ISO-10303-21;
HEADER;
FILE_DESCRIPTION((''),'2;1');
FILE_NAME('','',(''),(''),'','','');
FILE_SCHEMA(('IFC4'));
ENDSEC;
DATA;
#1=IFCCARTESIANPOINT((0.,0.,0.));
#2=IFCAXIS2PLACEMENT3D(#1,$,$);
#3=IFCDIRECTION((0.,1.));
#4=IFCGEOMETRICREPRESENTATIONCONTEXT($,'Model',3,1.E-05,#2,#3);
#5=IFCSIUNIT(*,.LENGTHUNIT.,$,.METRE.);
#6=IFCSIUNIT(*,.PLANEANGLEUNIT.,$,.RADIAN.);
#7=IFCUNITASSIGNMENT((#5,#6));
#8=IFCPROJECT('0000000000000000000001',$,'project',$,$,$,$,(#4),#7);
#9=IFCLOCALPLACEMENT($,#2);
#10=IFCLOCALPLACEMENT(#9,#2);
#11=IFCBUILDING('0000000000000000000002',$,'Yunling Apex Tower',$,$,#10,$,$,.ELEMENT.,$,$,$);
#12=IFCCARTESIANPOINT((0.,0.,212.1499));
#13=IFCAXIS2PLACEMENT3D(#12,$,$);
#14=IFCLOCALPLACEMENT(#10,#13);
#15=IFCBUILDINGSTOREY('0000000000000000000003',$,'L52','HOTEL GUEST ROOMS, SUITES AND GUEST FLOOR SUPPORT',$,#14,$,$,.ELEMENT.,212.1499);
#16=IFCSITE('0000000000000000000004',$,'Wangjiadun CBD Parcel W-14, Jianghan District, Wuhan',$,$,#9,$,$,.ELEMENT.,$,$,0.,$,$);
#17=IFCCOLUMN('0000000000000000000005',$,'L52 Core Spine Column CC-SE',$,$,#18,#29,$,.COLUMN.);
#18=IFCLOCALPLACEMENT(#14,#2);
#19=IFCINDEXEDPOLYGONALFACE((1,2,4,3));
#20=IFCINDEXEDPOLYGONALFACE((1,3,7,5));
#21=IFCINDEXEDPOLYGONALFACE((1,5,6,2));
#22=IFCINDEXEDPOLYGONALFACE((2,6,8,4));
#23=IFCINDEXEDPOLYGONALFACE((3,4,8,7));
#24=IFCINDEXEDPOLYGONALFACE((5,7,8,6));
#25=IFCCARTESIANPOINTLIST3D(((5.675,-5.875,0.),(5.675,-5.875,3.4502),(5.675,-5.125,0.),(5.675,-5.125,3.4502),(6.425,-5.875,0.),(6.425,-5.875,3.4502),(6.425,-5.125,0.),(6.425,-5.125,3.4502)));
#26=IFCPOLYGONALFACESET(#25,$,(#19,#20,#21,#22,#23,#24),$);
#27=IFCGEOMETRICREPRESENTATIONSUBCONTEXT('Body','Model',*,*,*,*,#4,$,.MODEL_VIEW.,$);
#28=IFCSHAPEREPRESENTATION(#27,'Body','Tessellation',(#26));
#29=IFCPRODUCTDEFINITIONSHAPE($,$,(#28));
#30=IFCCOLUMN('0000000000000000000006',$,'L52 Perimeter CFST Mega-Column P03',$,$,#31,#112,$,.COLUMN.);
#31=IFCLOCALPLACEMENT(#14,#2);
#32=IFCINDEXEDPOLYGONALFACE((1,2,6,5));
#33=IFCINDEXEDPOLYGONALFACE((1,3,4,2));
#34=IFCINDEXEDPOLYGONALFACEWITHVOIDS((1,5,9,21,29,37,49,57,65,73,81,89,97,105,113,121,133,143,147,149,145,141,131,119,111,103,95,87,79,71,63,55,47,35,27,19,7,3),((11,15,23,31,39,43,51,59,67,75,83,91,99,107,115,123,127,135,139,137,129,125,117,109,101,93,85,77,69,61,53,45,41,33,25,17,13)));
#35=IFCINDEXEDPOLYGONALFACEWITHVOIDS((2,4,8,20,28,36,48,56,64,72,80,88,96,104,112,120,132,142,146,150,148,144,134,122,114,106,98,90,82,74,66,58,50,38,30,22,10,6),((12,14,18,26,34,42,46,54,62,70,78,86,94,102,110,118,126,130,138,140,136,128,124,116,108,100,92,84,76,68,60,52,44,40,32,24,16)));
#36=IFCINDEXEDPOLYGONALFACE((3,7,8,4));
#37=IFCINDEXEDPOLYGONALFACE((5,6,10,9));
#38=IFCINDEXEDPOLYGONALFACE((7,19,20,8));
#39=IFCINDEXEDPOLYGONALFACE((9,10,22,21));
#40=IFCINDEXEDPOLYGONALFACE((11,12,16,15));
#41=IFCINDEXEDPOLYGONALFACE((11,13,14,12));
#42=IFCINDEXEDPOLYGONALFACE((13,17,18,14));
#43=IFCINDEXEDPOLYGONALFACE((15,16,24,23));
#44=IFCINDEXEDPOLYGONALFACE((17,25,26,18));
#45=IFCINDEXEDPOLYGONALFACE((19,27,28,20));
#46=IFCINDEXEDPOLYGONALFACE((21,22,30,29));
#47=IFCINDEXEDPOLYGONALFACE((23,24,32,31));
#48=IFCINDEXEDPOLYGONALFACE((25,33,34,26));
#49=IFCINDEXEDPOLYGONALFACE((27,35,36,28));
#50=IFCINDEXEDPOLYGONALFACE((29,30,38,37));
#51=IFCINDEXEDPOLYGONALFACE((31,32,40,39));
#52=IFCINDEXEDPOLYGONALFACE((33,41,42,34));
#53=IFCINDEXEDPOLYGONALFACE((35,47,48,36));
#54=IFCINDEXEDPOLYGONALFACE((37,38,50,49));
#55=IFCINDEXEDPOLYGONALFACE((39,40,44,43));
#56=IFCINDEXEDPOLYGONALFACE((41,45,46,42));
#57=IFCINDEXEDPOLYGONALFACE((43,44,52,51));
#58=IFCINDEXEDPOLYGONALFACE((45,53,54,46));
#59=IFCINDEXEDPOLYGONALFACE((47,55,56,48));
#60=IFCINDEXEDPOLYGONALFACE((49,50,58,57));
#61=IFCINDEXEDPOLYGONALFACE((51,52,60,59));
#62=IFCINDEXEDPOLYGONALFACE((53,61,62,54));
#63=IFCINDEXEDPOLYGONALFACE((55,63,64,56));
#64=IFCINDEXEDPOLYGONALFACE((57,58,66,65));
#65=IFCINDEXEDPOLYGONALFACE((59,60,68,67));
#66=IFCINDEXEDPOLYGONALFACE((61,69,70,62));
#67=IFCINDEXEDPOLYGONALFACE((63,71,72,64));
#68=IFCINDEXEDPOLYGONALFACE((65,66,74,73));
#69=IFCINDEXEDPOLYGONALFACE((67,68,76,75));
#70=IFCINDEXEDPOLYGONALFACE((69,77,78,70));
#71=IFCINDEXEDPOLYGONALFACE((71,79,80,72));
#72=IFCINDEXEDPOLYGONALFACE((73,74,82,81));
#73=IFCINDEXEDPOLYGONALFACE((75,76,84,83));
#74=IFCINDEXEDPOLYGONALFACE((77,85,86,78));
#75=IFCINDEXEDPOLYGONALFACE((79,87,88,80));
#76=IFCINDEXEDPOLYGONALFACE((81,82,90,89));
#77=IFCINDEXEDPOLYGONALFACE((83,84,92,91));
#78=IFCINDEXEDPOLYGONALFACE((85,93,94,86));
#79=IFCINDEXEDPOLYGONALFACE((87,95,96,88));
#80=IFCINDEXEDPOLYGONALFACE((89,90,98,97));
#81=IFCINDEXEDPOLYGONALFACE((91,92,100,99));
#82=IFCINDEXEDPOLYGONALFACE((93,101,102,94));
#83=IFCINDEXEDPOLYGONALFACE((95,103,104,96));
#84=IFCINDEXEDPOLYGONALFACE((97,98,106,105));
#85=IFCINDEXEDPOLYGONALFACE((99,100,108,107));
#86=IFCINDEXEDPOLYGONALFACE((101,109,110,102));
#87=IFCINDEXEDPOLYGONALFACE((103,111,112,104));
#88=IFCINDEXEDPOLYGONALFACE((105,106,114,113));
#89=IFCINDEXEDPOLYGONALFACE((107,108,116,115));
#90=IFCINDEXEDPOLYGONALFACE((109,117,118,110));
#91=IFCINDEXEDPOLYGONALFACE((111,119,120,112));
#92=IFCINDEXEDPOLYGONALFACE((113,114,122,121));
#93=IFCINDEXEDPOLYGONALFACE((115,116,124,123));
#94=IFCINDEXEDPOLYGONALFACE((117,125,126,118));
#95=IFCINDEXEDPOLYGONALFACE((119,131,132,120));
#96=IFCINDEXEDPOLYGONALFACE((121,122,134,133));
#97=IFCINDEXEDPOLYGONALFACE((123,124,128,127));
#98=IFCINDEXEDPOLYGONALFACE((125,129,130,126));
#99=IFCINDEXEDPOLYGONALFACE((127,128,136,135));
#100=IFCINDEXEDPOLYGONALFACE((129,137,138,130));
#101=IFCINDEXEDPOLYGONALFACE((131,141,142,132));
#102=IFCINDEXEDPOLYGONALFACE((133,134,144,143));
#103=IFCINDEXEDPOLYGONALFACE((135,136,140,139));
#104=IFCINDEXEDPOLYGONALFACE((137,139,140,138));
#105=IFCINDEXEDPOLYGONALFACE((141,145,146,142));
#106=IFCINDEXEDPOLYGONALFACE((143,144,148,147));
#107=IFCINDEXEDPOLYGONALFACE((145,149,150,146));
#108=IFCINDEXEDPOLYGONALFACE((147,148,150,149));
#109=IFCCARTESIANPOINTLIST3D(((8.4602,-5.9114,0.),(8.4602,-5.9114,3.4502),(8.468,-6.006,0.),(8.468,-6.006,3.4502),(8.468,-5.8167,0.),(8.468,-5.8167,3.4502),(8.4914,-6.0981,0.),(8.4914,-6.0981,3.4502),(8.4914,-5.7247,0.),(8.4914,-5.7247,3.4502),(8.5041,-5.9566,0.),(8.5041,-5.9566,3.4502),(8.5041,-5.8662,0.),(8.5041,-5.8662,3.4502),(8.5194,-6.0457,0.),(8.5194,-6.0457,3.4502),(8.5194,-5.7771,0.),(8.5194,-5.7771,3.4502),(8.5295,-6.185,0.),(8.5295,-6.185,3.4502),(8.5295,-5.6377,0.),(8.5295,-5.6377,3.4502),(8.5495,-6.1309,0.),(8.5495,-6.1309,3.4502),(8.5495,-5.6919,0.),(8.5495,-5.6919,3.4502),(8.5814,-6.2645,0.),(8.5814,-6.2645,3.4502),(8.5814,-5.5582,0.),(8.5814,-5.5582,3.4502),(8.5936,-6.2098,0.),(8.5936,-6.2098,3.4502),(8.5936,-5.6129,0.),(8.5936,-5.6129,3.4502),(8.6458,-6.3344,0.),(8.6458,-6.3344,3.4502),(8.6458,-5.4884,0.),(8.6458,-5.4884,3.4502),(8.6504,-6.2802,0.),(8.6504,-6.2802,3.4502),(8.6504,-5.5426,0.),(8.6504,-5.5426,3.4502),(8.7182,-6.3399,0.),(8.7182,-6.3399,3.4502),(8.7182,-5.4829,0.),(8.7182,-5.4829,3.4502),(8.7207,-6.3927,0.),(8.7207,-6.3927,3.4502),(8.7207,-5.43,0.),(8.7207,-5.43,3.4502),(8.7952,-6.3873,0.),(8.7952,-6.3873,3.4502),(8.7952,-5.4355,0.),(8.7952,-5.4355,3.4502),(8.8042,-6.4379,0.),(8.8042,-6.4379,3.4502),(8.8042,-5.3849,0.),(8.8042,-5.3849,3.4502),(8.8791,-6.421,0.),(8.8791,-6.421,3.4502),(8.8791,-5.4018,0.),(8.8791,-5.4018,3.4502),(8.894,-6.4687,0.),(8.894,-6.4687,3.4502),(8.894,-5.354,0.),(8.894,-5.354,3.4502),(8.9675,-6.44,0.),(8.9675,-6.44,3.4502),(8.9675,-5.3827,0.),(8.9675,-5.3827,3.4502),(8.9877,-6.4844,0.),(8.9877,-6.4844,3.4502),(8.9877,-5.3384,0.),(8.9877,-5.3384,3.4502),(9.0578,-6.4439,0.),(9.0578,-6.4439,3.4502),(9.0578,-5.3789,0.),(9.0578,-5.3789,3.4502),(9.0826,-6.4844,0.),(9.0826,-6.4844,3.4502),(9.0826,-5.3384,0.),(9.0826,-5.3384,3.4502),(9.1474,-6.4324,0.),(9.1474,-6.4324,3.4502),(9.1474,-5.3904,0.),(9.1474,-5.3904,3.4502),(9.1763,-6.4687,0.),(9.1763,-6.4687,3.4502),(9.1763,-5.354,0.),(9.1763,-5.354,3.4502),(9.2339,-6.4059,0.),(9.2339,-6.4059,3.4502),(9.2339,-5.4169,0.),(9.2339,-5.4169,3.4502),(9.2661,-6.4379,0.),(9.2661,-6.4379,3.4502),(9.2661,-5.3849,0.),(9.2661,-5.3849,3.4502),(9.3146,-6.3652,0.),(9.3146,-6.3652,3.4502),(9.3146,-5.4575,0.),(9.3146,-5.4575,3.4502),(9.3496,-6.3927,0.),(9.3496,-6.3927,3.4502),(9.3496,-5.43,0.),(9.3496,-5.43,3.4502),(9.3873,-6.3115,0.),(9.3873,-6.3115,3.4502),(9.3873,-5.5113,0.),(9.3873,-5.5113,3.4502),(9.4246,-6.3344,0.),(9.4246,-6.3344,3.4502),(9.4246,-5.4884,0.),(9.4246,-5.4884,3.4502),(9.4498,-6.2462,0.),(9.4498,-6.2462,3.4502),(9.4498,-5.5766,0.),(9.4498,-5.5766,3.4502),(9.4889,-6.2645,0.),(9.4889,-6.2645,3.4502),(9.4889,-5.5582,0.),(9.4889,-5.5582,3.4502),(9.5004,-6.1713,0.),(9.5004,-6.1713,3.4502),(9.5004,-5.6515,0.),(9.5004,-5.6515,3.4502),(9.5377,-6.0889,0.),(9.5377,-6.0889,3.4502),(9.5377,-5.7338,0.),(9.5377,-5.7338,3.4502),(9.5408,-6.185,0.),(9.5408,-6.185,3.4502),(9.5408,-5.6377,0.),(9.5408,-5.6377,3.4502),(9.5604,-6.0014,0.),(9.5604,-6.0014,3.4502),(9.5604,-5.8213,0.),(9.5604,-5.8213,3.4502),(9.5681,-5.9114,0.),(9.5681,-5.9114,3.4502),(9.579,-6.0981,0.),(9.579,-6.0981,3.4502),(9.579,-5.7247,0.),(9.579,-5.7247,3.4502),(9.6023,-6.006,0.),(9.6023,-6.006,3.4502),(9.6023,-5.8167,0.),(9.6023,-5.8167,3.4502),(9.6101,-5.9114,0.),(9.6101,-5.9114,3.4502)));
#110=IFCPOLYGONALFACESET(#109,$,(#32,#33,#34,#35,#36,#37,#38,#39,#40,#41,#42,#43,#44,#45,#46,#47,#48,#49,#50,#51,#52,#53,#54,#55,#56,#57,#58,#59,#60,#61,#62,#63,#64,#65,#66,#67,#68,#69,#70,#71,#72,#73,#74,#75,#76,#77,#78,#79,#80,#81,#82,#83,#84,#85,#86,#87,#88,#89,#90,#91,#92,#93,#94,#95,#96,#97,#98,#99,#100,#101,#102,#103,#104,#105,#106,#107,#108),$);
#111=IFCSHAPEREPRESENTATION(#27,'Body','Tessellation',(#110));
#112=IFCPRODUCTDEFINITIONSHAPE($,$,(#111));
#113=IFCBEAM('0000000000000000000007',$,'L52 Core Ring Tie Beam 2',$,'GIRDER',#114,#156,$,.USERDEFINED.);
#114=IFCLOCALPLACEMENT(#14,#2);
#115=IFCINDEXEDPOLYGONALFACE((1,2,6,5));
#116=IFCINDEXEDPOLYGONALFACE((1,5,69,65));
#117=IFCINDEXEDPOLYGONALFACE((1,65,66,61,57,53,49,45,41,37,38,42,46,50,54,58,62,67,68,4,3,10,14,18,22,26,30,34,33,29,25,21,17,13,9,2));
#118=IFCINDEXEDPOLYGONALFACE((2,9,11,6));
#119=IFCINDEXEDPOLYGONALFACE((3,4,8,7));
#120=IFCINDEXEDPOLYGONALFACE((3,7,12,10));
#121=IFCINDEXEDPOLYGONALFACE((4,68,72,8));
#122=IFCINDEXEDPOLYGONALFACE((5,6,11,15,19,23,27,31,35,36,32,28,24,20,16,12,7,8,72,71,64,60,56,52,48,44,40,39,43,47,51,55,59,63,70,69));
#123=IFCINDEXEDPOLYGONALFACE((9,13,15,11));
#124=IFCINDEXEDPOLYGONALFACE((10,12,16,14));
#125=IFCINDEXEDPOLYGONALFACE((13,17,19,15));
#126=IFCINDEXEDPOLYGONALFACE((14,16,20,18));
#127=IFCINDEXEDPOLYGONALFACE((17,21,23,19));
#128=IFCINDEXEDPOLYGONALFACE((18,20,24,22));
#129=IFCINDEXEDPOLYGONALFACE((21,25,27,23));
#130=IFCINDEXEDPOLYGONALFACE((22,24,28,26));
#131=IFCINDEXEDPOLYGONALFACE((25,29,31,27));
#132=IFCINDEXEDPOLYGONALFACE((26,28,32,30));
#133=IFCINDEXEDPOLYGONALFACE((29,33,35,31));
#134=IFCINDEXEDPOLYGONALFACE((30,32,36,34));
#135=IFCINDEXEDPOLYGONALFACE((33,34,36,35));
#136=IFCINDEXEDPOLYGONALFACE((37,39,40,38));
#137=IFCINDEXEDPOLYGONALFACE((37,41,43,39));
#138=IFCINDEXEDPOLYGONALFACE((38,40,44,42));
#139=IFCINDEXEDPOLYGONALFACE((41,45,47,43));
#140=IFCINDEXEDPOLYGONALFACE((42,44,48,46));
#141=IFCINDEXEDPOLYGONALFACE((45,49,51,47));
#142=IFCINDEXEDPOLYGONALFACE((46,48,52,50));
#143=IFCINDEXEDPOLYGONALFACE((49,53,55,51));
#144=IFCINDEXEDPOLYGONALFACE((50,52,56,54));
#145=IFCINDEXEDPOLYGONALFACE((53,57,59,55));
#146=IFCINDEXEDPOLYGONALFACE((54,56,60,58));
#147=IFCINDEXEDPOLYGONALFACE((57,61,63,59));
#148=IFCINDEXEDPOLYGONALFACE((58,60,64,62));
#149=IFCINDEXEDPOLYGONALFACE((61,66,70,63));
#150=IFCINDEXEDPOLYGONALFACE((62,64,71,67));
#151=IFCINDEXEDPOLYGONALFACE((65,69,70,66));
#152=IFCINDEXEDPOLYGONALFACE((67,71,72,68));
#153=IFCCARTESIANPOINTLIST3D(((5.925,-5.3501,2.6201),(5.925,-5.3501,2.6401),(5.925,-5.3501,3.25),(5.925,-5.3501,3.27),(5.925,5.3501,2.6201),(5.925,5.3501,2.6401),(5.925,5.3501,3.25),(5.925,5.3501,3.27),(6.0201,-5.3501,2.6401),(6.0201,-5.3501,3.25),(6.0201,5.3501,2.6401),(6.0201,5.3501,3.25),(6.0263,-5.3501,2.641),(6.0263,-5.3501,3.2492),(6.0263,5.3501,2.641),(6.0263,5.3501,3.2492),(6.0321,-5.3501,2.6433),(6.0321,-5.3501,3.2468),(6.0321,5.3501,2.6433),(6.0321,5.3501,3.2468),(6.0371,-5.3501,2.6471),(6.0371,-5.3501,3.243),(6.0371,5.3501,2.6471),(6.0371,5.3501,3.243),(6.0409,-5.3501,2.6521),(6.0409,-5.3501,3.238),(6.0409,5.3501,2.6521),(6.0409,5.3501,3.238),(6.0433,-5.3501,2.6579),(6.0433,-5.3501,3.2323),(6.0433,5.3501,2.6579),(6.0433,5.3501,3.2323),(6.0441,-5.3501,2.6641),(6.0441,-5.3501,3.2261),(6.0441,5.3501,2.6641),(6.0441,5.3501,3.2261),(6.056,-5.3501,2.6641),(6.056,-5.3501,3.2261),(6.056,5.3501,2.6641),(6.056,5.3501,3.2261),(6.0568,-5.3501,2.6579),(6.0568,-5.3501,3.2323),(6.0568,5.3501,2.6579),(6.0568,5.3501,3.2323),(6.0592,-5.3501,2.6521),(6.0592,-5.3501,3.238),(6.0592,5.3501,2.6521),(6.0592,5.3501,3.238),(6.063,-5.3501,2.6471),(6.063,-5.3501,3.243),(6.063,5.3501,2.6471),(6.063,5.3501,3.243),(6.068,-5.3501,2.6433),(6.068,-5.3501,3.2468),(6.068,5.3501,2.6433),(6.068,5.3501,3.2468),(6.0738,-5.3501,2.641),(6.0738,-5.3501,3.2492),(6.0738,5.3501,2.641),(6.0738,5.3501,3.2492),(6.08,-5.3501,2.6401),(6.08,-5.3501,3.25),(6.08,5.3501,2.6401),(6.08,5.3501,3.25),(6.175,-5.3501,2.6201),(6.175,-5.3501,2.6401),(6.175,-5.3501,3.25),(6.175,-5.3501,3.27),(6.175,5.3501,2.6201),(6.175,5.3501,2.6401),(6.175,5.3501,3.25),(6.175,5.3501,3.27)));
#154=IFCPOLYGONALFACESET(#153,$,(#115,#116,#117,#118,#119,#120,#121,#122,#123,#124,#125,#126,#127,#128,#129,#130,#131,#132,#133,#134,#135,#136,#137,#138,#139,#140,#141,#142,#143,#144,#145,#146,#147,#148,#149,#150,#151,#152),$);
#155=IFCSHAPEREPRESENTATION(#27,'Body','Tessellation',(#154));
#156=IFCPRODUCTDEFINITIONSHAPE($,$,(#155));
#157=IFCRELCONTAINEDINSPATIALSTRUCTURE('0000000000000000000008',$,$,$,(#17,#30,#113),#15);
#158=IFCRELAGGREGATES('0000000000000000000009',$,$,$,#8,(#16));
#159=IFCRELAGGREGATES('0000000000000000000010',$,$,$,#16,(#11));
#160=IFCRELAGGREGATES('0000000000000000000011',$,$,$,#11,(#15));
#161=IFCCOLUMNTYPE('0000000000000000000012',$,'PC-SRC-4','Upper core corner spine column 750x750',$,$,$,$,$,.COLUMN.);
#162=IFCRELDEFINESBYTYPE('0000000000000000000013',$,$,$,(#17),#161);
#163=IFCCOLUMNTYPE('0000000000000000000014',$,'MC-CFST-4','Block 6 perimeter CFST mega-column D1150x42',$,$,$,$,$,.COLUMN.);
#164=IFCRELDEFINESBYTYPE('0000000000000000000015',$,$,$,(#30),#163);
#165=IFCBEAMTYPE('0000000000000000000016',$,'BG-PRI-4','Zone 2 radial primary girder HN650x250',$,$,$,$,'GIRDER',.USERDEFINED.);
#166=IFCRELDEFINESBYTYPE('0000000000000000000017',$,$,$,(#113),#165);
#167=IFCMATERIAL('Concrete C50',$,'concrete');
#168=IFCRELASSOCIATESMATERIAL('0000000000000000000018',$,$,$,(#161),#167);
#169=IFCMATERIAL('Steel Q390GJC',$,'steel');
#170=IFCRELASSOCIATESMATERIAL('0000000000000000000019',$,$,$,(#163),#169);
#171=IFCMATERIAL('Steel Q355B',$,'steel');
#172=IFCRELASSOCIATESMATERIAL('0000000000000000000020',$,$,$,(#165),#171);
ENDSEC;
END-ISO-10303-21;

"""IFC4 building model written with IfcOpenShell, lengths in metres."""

from ifc_helpers import new_model, si_unit, direction, frame, origin, origin_2d, place, context, subcontext, project, spatial, rectangle, hollow_circle, i_section, extrude, source, transform, mapped, material, material_profile, profile_set, type_object, element, save


model = new_model("IFC4")

# Units and contexts
model_context = context("Model", 3, precision=1e-05, world=origin(), true_north=direction((0.0, 1.0)))
body_context = subcontext(model_context, "Body", "Model", "MODEL_VIEW")
ifc_project = project(units=[si_unit("LENGTHUNIT", "METRE"), si_unit("PLANEANGLEUNIT", "RADIAN")], contexts=[model_context])

# Site, building, storey
site_placement = place(None, origin())
site = spatial("IfcSite", under=ifc_project, at=site_placement, Name="Wangjiadun CBD Parcel W-14, Jianghan District, Wuhan", CompositionType="ELEMENT", RefElevation=0.0)
building_placement = place(site_placement, origin())
building = spatial("IfcBuilding", under=site, at=building_placement, Name="Yunling Apex Tower", CompositionType="ELEMENT")
storey_placement = place(building_placement, frame((0.0, 0.0, 212.1499)))
storey = spatial("IfcBuildingStorey", under=building, at=storey_placement, Name="L52", Description="HOTEL GUEST ROOMS, SUITES AND GUEST FLOOR SUPPORT", CompositionType="ELEMENT", Elevation=212.1499)

# Columns
ifc_material_1 = material(Name="Concrete C50", Category="concrete")
ifc_material_profile_1 = material_profile(ifc_material_1, rectangle(XDim=0.75, YDim=0.75, at=origin_2d()))
ifc_profile_set_1 = profile_set([ifc_material_profile_1], Name="Concrete C50")
column_type_1 = type_object("IfcColumnType", Name="PC-SRC-4", Description="Upper core corner spine column 750x750", PredefinedType="COLUMN", material=ifc_profile_set_1)
shared_shape_1 = source(origin(), body_context, "Body", "SweptSolid", [
    extrude(rectangle(XDim=0.75, YDim=0.75, at=origin_2d()), origin(), (0.0, 0.0, 1.0), 3.4502),
])
column_1_placement = place(storey_placement, frame((6.05, -5.5, 0.0), z_axis=(0.0, 0.0, 1.0), x_axis=(1.0, 0.0, 0.0)))
element("IfcColumn", 1, at=column_1_placement, inside=storey, type_object=column_type_1, Name="L52 Core Spine Column CC-SE", PredefinedType="COLUMN", context=body_context, shape_type="MappedRepresentation", body=[
    mapped(shared_shape_1, transform((0.0, 0.0, 0.0), scale=1.0)),
])
ifc_material_2 = material(Name="Steel Q390GJC", Category="steel")
ifc_material_profile_2 = material_profile(ifc_material_2, hollow_circle(Radius=0.575, WallThickness=0.042, at=origin_2d()))
ifc_profile_set_2 = profile_set([ifc_material_profile_2], Name="Steel Q390GJC")
column_type_2 = type_object("IfcColumnType", Name="MC-CFST-4", Description="Block 6 perimeter CFST mega-column D1150x42", PredefinedType="COLUMN", material=ifc_profile_set_2)
shared_shape_2 = source(origin(), body_context, "Body", "SweptSolid", [
    extrude(hollow_circle(Radius=0.575, WallThickness=0.042, at=origin_2d()), origin(), (0.0, 0.0, 1.0), 3.4502),
])
column_2_placement = place(storey_placement, frame((9.0352, -5.9114, 0.0), z_axis=(0.0, 0.0, 1.0), x_axis=(1.0, 0.0, 0.0)))
element("IfcColumn", 2, at=column_2_placement, inside=storey, type_object=column_type_2, Name="L52 Perimeter CFST Mega-Column P03", PredefinedType="COLUMN", context=body_context, shape_type="MappedRepresentation", body=[
    mapped(shared_shape_2, transform((0.0, 0.0, 0.0), scale=1.0)),
])

# Beam
ifc_material_3 = material(Name="Steel Q355B", Category="steel")
ifc_material_profile_3 = material_profile(ifc_material_3, i_section(OverallWidth=0.25, OverallDepth=0.6499, WebThickness=0.012, FlangeThickness=0.02, FilletRadius=0.0239, at=origin_2d()))
ifc_profile_set_3 = profile_set([ifc_material_profile_3], Name="Steel Q355B")
beam_type_1 = type_object("IfcBeamType", Name="BG-PRI-4", Description="Zone 2 radial primary girder HN650x250", ElementType="GIRDER", PredefinedType="USERDEFINED", material=ifc_profile_set_3)
shared_shape_3 = source(origin(), body_context, "Body", "SweptSolid", [
    extrude(i_section(OverallWidth=0.25, OverallDepth=0.6499, WebThickness=0.012, FlangeThickness=0.02, FilletRadius=0.0239, at=origin_2d()), origin(), (0.0, 0.0, 1.0), 10.7002),
])
beam_1_placement = place(storey_placement, frame((6.05, -5.3501, 2.9451), z_axis=(0.0, 1.0, 0.0), x_axis=(-1.0, 0.0, 0.0)))
element("IfcBeam", 3, at=beam_1_placement, inside=storey, type_object=beam_type_1, Name="L52 Core Ring Tie Beam 2", ObjectType="GIRDER", PredefinedType="USERDEFINED", context=body_context, shape_type="MappedRepresentation", body=[
    mapped(shared_shape_3, transform((0.0, 0.0, 0.0), scale=1.0)),
])

save(model, "model.ifc")
